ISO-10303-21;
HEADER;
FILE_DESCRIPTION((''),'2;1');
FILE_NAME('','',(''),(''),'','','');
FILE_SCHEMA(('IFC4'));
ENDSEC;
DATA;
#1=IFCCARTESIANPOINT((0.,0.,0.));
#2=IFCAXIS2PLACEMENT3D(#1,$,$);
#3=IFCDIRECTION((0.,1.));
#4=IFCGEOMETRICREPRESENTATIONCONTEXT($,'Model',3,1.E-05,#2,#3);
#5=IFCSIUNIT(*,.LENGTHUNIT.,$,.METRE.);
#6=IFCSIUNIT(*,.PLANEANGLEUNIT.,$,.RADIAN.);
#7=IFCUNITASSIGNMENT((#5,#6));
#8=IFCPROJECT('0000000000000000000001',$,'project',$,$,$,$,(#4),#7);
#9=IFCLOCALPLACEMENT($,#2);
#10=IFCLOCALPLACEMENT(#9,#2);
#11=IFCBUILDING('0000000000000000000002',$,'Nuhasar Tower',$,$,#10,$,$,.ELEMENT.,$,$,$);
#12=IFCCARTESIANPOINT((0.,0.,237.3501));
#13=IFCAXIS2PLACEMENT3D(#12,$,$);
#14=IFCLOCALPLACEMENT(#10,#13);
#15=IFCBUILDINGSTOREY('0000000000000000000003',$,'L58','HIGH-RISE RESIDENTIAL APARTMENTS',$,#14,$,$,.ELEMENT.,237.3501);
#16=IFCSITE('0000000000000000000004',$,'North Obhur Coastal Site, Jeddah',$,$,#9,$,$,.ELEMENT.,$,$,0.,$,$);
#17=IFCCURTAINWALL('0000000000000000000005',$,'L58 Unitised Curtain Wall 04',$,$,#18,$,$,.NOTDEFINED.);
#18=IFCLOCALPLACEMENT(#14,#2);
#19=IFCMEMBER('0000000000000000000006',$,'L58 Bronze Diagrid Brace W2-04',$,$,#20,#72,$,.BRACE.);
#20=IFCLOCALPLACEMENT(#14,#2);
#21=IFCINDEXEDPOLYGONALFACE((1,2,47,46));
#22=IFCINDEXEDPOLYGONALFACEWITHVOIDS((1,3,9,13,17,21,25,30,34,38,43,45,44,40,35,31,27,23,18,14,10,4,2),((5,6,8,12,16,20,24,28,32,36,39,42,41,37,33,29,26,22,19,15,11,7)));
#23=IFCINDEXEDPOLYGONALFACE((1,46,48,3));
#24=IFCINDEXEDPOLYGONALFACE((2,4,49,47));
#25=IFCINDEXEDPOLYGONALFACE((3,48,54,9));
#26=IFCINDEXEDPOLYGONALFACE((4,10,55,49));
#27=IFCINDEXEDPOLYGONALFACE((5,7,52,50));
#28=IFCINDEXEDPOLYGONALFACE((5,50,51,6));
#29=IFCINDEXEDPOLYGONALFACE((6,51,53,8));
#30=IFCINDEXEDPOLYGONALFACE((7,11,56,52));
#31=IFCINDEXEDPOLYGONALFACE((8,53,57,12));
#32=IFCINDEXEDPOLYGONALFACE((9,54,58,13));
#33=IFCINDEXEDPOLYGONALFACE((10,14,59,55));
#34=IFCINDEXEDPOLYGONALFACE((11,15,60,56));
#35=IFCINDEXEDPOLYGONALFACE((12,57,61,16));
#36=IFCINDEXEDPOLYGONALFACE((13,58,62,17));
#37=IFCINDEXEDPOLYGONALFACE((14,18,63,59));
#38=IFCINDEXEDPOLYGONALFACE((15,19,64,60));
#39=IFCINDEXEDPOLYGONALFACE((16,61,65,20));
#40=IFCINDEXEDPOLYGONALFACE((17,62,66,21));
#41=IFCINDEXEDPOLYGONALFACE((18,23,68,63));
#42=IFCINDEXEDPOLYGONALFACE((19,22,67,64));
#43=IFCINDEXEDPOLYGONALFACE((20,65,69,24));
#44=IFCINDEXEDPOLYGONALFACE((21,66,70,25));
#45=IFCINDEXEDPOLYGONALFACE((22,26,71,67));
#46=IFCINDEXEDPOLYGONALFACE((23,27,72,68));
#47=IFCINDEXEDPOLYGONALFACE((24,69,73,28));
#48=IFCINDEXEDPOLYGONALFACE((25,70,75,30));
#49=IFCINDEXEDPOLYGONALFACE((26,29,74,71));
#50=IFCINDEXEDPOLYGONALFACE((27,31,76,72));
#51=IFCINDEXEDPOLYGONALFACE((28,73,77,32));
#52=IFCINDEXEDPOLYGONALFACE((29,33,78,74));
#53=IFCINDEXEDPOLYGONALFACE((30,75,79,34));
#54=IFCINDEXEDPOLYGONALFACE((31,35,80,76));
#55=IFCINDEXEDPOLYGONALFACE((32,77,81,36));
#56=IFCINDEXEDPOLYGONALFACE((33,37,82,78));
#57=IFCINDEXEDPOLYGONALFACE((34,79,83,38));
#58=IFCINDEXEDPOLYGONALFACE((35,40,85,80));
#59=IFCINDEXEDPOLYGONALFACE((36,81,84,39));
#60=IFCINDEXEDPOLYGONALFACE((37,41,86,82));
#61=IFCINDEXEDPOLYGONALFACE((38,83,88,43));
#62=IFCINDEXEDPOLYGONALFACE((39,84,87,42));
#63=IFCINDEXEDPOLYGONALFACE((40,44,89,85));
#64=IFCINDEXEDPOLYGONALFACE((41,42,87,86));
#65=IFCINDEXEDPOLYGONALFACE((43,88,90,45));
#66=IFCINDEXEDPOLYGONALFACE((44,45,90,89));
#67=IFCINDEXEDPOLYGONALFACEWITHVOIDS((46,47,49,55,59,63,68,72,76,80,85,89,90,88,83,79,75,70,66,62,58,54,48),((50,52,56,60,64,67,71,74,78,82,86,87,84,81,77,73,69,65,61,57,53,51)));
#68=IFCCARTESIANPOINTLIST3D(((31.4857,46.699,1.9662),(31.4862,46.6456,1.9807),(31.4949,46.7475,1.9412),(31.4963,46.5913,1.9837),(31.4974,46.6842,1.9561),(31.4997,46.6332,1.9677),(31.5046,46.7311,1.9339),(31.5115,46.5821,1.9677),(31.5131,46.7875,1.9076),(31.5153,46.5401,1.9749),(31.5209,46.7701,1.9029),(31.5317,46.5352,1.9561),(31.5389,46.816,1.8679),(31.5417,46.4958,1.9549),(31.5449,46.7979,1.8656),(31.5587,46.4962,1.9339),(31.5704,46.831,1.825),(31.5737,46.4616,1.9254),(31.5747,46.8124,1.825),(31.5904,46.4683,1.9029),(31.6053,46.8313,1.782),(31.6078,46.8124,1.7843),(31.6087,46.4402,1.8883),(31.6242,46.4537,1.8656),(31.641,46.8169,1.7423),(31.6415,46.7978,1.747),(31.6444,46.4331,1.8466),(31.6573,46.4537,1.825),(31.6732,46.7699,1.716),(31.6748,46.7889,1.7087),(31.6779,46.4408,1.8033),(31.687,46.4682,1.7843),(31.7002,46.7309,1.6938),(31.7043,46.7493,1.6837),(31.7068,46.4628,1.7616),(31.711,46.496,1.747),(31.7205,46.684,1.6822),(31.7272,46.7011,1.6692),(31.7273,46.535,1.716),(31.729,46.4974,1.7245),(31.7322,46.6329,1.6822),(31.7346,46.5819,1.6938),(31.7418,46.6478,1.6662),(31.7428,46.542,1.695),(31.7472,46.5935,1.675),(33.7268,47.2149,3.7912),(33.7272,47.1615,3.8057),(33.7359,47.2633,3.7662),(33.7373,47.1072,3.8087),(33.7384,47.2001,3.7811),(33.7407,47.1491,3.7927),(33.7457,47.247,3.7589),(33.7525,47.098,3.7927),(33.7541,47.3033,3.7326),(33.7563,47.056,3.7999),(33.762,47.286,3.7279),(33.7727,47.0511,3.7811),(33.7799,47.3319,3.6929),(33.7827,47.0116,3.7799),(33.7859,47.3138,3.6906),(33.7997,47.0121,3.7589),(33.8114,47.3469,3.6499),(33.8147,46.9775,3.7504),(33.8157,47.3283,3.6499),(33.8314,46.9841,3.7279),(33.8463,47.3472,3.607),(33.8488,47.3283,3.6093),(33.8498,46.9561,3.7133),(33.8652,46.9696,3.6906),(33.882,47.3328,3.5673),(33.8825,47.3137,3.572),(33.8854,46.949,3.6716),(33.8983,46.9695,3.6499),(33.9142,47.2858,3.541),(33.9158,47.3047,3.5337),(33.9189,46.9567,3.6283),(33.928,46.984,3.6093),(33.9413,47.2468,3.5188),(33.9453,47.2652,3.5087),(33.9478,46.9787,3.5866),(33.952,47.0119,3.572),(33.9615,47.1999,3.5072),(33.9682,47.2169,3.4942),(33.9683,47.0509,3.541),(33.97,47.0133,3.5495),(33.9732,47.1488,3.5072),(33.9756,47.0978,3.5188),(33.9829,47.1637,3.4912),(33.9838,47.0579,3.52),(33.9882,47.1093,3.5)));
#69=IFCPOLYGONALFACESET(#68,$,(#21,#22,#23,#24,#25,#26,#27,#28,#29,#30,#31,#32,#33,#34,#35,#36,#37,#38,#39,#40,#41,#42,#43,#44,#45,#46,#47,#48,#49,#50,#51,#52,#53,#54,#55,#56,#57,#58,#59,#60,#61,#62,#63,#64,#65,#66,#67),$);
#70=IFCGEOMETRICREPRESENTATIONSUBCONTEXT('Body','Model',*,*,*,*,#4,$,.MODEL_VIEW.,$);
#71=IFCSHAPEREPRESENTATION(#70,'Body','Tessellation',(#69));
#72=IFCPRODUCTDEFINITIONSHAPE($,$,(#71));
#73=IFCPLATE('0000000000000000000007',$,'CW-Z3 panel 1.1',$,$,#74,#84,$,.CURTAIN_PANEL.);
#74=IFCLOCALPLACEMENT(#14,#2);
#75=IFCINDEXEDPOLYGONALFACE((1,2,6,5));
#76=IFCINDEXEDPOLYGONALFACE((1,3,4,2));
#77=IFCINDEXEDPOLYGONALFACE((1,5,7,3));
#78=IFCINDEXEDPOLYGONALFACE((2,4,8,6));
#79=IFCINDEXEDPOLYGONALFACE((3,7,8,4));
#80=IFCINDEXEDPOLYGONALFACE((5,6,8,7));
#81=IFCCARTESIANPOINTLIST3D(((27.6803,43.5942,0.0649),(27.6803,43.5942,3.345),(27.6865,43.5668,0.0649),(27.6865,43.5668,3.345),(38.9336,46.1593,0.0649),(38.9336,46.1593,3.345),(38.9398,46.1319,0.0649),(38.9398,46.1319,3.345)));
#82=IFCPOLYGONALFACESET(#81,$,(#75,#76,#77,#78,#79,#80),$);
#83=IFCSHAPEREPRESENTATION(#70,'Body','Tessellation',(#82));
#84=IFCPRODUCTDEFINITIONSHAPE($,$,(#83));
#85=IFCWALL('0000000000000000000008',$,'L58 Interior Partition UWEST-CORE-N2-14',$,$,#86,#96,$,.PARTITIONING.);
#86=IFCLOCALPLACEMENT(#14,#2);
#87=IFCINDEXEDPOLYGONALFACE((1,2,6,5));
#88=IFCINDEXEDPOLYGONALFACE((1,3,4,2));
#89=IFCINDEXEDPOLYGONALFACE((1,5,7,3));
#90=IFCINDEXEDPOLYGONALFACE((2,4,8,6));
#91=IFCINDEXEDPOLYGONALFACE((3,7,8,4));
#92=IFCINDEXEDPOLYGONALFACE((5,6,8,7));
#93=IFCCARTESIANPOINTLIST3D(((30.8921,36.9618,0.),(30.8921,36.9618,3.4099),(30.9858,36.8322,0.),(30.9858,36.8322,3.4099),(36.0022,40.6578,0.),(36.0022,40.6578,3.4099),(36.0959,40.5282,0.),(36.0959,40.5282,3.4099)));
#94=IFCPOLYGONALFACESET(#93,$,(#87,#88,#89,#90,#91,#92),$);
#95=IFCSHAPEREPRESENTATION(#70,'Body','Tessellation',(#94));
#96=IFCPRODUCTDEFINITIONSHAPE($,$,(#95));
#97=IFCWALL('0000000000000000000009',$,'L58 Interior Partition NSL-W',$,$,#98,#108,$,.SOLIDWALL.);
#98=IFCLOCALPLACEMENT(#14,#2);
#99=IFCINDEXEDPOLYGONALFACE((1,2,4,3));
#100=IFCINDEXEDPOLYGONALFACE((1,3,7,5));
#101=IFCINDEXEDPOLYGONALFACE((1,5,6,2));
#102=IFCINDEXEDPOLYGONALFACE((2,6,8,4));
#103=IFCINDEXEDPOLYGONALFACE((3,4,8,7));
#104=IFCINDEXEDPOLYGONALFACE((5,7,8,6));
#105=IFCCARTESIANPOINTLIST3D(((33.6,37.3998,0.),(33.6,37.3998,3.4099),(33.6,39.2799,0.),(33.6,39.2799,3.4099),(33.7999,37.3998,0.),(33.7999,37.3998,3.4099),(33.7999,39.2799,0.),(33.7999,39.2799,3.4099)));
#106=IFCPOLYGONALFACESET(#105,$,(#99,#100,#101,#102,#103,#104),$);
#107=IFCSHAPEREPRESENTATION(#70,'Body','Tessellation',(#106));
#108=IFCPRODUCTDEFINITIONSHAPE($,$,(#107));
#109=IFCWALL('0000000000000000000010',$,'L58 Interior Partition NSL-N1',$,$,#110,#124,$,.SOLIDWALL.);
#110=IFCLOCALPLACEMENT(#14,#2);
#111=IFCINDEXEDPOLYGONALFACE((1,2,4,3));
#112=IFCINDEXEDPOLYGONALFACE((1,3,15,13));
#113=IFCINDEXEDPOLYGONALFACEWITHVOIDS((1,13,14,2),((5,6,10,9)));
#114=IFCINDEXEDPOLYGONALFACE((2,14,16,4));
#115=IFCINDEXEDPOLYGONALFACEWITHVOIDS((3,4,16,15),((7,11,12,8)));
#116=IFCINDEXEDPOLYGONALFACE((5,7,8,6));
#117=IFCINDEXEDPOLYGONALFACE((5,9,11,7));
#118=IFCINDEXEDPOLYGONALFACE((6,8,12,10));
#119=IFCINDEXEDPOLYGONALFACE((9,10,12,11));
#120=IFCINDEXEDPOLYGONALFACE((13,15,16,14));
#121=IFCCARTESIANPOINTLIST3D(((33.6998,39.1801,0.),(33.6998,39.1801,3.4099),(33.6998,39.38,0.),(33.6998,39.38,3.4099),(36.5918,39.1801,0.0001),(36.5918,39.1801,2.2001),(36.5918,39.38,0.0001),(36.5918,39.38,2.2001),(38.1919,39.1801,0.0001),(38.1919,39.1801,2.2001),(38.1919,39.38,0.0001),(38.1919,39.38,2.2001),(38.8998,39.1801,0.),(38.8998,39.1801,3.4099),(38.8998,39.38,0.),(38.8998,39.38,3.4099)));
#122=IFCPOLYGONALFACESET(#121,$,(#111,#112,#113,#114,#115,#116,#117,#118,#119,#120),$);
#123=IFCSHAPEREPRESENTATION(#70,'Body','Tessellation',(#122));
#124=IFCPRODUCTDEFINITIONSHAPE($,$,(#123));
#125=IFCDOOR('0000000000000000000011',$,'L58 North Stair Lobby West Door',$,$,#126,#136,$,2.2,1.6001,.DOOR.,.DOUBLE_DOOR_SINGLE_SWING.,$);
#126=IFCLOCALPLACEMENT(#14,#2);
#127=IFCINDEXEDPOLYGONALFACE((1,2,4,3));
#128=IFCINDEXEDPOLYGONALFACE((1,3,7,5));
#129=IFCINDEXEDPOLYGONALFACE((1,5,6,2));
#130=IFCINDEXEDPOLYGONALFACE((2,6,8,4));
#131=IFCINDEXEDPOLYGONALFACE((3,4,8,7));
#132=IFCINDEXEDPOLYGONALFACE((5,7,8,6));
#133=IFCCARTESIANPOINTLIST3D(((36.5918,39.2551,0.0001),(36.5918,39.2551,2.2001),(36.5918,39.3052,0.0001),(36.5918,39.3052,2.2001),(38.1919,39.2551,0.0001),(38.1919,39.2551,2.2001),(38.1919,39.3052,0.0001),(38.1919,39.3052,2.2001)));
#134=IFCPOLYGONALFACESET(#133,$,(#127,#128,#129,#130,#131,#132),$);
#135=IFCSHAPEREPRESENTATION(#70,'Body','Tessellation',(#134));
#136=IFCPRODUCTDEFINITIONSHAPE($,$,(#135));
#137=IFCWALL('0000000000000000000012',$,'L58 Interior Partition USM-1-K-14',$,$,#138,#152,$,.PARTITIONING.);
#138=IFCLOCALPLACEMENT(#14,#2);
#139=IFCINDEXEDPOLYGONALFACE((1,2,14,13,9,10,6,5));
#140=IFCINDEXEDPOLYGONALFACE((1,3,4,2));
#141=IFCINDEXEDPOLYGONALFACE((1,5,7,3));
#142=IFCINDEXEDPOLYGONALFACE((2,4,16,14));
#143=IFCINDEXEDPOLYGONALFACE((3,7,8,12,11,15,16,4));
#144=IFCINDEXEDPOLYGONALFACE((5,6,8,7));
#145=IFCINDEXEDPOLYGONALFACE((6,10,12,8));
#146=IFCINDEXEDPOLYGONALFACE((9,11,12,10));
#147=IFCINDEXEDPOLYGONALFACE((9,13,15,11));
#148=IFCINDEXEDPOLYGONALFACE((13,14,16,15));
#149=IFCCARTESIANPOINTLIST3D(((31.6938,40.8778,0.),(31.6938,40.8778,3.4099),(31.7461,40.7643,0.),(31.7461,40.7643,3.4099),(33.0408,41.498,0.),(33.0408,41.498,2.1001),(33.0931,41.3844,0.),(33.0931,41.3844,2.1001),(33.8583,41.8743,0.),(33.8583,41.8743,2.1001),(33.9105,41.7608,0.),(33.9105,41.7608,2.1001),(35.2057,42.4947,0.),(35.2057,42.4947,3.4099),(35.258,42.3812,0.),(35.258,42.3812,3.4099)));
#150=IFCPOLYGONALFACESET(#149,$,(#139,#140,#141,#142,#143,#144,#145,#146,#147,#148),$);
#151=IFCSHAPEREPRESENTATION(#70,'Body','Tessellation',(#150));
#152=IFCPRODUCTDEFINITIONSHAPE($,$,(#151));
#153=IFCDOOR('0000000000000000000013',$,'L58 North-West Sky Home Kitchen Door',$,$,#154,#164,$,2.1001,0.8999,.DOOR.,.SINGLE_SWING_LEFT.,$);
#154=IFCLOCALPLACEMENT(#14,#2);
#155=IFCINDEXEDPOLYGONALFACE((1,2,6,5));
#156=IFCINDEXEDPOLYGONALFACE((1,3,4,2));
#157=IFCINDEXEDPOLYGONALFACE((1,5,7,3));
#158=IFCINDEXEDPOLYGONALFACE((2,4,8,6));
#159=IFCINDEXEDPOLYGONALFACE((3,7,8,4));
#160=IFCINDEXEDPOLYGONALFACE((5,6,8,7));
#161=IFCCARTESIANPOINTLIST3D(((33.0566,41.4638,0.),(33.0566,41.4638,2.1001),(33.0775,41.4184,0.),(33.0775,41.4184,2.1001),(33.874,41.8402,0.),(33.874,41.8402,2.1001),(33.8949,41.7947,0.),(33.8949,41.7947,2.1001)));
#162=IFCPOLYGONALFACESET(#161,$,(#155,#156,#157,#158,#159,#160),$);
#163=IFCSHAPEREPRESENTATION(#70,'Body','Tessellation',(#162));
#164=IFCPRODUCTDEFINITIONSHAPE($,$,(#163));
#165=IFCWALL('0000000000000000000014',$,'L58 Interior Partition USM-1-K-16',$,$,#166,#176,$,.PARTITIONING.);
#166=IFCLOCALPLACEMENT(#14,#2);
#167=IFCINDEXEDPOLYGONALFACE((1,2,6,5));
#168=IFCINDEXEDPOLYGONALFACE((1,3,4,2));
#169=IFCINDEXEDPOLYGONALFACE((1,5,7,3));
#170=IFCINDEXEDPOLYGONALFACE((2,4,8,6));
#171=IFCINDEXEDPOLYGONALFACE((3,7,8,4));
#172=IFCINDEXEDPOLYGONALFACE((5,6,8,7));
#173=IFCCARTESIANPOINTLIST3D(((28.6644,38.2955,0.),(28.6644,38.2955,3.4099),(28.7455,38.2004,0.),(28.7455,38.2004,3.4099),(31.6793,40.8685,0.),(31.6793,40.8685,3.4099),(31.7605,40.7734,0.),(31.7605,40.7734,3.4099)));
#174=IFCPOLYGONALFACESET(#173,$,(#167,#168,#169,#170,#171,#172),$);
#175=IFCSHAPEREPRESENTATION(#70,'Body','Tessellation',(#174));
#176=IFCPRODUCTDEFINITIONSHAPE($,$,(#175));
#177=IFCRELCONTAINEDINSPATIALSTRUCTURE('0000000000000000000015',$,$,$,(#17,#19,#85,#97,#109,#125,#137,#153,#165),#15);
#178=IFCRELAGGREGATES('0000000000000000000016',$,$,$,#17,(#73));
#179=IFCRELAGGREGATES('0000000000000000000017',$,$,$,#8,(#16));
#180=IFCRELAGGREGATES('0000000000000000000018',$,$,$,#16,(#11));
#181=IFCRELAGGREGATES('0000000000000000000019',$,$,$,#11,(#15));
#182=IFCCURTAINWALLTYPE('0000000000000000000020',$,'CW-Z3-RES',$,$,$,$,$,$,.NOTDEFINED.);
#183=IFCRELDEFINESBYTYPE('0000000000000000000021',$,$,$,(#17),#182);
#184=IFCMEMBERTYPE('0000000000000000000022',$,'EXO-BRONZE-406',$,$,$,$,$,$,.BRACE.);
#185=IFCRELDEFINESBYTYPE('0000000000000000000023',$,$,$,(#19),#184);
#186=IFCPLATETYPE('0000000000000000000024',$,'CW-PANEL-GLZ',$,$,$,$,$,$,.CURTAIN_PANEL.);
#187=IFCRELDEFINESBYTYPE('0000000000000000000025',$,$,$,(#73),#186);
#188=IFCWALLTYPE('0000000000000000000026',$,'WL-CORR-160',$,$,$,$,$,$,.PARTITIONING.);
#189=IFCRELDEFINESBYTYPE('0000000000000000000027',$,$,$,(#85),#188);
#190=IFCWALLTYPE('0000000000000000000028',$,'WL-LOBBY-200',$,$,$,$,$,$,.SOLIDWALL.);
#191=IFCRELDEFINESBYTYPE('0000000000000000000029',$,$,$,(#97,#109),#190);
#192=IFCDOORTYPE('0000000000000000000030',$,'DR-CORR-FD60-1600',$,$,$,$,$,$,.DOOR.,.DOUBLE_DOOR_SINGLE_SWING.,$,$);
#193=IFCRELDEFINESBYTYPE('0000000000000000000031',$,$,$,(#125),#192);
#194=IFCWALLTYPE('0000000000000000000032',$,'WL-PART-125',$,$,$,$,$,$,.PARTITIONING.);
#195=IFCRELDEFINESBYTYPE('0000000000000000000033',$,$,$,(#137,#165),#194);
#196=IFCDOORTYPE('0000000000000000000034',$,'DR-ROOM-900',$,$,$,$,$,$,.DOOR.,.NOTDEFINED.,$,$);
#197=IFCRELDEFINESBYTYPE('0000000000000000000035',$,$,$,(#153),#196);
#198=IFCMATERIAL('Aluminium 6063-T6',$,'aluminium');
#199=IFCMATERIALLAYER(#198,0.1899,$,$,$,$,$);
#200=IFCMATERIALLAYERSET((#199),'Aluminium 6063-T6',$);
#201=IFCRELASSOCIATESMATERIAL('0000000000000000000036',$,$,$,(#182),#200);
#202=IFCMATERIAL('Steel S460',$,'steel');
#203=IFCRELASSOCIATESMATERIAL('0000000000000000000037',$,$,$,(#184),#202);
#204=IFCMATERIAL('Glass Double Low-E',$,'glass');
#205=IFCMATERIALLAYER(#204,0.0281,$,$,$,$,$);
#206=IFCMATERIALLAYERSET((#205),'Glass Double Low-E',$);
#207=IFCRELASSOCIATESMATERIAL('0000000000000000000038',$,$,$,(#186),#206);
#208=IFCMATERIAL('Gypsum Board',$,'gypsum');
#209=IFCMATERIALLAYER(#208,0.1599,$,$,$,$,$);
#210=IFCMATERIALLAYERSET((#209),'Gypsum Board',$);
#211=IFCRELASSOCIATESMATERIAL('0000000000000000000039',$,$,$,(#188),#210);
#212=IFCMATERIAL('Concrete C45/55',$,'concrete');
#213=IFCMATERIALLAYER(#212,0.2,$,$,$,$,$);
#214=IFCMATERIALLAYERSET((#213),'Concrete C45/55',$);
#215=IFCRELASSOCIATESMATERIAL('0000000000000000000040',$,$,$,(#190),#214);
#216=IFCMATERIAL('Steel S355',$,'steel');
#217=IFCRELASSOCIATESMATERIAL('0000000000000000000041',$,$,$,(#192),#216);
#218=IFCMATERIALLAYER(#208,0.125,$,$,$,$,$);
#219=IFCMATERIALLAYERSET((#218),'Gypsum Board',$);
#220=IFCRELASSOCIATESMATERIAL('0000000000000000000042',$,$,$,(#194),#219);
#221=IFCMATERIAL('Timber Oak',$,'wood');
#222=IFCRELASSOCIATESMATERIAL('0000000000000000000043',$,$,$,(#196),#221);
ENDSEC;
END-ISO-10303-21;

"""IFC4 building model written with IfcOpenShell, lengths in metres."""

from ifc_helpers import new_model, si_unit, direction, frame, frame_2d, origin, origin_2d, place, context, subcontext, project, spatial, rectangle, hollow_circle, extrude, material, layer, layer_set, material_profile, profile_set, type_object, element, fill, aggregate, save


model = new_model("IFC4")

# Units and contexts
model_context = context("Model", 3, precision=1e-05, world=origin(), true_north=direction((0.0, 1.0)))
body_context = subcontext(model_context, "Body", "Model", "MODEL_VIEW")
ifc_project = project(units=[si_unit("LENGTHUNIT", "METRE"), si_unit("PLANEANGLEUNIT", "RADIAN")], contexts=[model_context])

# Site, building, storey
site_placement = place(None, origin())
site = spatial("IfcSite", under=ifc_project, at=site_placement, Name="North Obhur Coastal Site, Jeddah", CompositionType="ELEMENT", RefElevation=0.0)
building_placement = place(site_placement, origin())
building = spatial("IfcBuilding", under=site, at=building_placement, Name="Nuhasar Tower", CompositionType="ELEMENT")
storey_placement = place(building_placement, frame((0.0, 0.0, 237.3501)))
storey = spatial("IfcBuildingStorey", under=building, at=storey_placement, Name="L58", Description="HIGH-RISE RESIDENTIAL APARTMENTS", CompositionType="ELEMENT", Elevation=237.3501)

# Shared definitions
ifc_material_1 = material(Name="Steel S355", Category="steel")

# Curtain wall
ifc_material_2 = material(Name="Aluminium 6063-T6", Category="aluminium")
ifc_layer_1 = layer(ifc_material_2, 0.1899)
ifc_layer_set_1 = layer_set([ifc_layer_1], Name="Aluminium 6063-T6")
curtain_wall_type = type_object("IfcCurtainWallType", Name="CW-Z3-RES", PredefinedType="NOTDEFINED", material=ifc_layer_set_1)
curtain_wall_placement = place(storey_placement, origin())
curtain_wall = element("IfcCurtainWall", 1, at=curtain_wall_placement, inside=storey, type_object=curtain_wall_type, Name="L58 Unitised Curtain Wall 04", PredefinedType="NOTDEFINED")

# Member
ifc_material_3 = material(Name="Steel S460", Category="steel")
ifc_material_profile_1 = material_profile(ifc_material_3, hollow_circle(Radius=0.2031, WallThickness=0.019, at=origin_2d()), Name="HSS406.4X19.1")
ifc_profile_set_1 = profile_set([ifc_material_profile_1], Name="Steel S460")
member_type_1 = type_object("IfcMemberType", Name="EXO-BRONZE-406", PredefinedType="BRACE", material=ifc_profile_set_1)
for number, where, z_axis, x_axis, name in (
    (2, (31.616, 46.6331, 1.825), (0.763343, 0.175721, 0.621635), (-0.224332, 0.974513, 0.0), "L58 Bronze Diagrid Brace W2-04"),
):
    element("IfcMember", number, at=place(storey_placement, frame(where, z_axis=z_axis, x_axis=x_axis)), inside=storey, type_object=member_type_1, Name=name, PredefinedType="BRACE", context=body_context, shape_type="SweptSolid", body=[
        extrude(hollow_circle(Radius=0.2031, WallThickness=0.019, at=origin_2d()), origin(), (0.0, 0.0, 1.0), 2.9358),
    ])

# Plate
ifc_material_4 = material(Name="Glass Double Low-E", Category="glass")
ifc_layer_2 = layer(ifc_material_4, 0.0281)
ifc_layer_set_2 = layer_set([ifc_layer_2], Name="Glass Double Low-E")
plate_type = type_object("IfcPlateType", Name="CW-PANEL-GLZ", PredefinedType="CURTAIN_PANEL", material=ifc_layer_set_2)
plate_placement = place(storey_placement, frame((33.3101, 44.863, 0.0649), z_axis=(0.0, 0.0, 1.0), x_axis=(-0.974991, -0.222243, 0.0)))
plate = element("IfcPlate", 3, at=plate_placement, type_object=plate_type, Name="CW-Z3 panel 1.1", PredefinedType="CURTAIN_PANEL", context=body_context, shape_type="SweptSolid", body=[
    extrude(rectangle(XDim=11.542, YDim=0.0281, at=origin_2d()), origin(), (0.0, 0.0, 1.0), 3.28),
])
aggregate(curtain_wall, [plate])

# Walls
ifc_material_5 = material(Name="Gypsum Board", Category="gypsum")
ifc_layer_3 = layer(ifc_material_5, 0.1599)
ifc_layer_set_3 = layer_set([ifc_layer_3], Name="Gypsum Board")
wall_type_1 = type_object("IfcWallType", Name="WL-CORR-160", PredefinedType="PARTITIONING", material=ifc_layer_set_3)
wall_1_placement = place(storey_placement, frame((36.0491, 40.593, 0.0), z_axis=(0.0, 0.0, 1.0), x_axis=(-0.810272, -0.586054, 0.0)))
element("IfcWall", 4, at=wall_1_placement, inside=storey, type_object=wall_type_1, Name="L58 Interior Partition UWEST-CORE-N2-14", PredefinedType="PARTITIONING", context=body_context, shape_type="SweptSolid", body=[
    extrude(rectangle(XDim=6.3066, YDim=0.1599, at=frame_2d((3.1533, 0.0))), origin(), (0.0, 0.0, 1.0), 3.4099),
])
ifc_material_6 = material(Name="Concrete C45/55", Category="concrete")
ifc_layer_4 = layer(ifc_material_6, 0.2)
ifc_layer_set_4 = layer_set([ifc_layer_4], Name="Concrete C45/55")
wall_type_2 = type_object("IfcWallType", Name="WL-LOBBY-200", PredefinedType="SOLIDWALL", material=ifc_layer_set_4)
wall_2_placement = place(storey_placement, frame((33.7, 37.3999, 0.0), z_axis=(0.0, 0.0, 1.0), x_axis=(0.0, 1.0, 0.0)))
element("IfcWall", 5, at=wall_2_placement, inside=storey, type_object=wall_type_2, Name="L58 Interior Partition NSL-W", PredefinedType="SOLIDWALL", context=body_context, shape_type="SweptSolid", body=[
    extrude(rectangle(XDim=1.8801, YDim=0.2, at=frame_2d((0.9399, 0.0))), origin(), (0.0, 0.0, 1.0), 3.4099),
])

# Walls, openings, doors
wall_3_placement = place(storey_placement, frame((38.8999, 39.28, 0.0), z_axis=(0.0, 0.0, 1.0), x_axis=(-1.0, 0.0, 0.0)))
wall_3 = element("IfcWall", 6, at=wall_3_placement, inside=storey, type_object=wall_type_2, Name="L58 Interior Partition NSL-N1", PredefinedType="SOLIDWALL", context=body_context, shape_type="SweptSolid", body=[
    extrude(rectangle(XDim=5.2, YDim=0.2, at=frame_2d((2.6001, 0.0))), origin(), (0.0, 0.0, 1.0), 3.4099),
])
opening_1_placement = place(wall_3_placement, frame((0.708, 0.0, 0.0)))
opening_1 = element("IfcOpeningElement", 7, at=opening_1_placement, cuts=wall_3, PredefinedType="OPENING", context=body_context, shape_type="SweptSolid", body=[
    extrude(rectangle(XDim=1.6001, YDim=2.2, at=frame_2d((0.8, 1.1001))), frame((0.0, 0.1099, 0.0), z_axis=(0.0, -1.0, 0.0), x_axis=(1.0, 0.0, 0.0)), (0.0, 0.0, 1.0), 0.22),
])
door_type_1 = type_object("IfcDoorType", Name="DR-CORR-FD60-1600", OperationType="DOUBLE_DOOR_SINGLE_SWING", PredefinedType="DOOR", material=ifc_material_1)
door_1_placement = place(opening_1_placement, origin())
door_1 = element("IfcDoor", 8, at=door_1_placement, inside=storey, type_object=door_type_1, Name="L58 North Stair Lobby West Door", OperationType="DOUBLE_DOOR_SINGLE_SWING", OverallHeight=2.2, OverallWidth=1.6001, PredefinedType="DOOR", context=body_context, shape_type="SweptSolid", body=[
    extrude(rectangle(XDim=1.6001, YDim=2.2, at=frame_2d((0.8, 1.1001))), frame((0.0, 0.0249, 0.0), z_axis=(0.0, -1.0, 0.0), x_axis=(1.0, 0.0, 0.0)), (0.0, 0.0, 1.0), 0.05),
])
fill(opening_1, door_1)
ifc_layer_5 = layer(ifc_material_5, 0.125)
ifc_layer_set_5 = layer_set([ifc_layer_5], Name="Gypsum Board")
wall_type_3 = type_object("IfcWallType", Name="WL-PART-125", PredefinedType="PARTITIONING", material=ifc_layer_set_5)
wall_4_placement = place(storey_placement, frame((31.72, 40.821, 0.0), z_axis=(0.0, 0.0, 1.0), x_axis=(0.908349, 0.418213, 0.0)))
wall_4 = element("IfcWall", 9, at=wall_4_placement, inside=storey, type_object=wall_type_3, Name="L58 Interior Partition USM-1-K-14", PredefinedType="PARTITIONING", context=body_context, shape_type="SweptSolid", body=[
    extrude(rectangle(XDim=3.8662, YDim=0.125, at=frame_2d((1.9331, 0.0))), origin(), (0.0, 0.0, 1.0), 3.4099),
])
opening_2_placement = place(wall_4_placement, frame((1.4829, 0.0, 0.0)))
opening_2 = element("IfcOpeningElement", 10, at=opening_2_placement, cuts=wall_4, PredefinedType="OPENING", context=body_context, shape_type="SweptSolid", body=[
    extrude(rectangle(XDim=0.8999, YDim=2.1001, at=frame_2d((0.45, 1.05))), frame((0.0, 0.0725, 0.0), z_axis=(0.0, -1.0, 0.0), x_axis=(1.0, 0.0, 0.0)), (0.0, 0.0, 1.0), 0.145),
])
ifc_material_7 = material(Name="Timber Oak", Category="wood")
door_type_2 = type_object("IfcDoorType", Name="DR-ROOM-900", OperationType="NOTDEFINED", PredefinedType="DOOR", material=ifc_material_7)
door_2_placement = place(opening_2_placement, origin())
door_2 = element("IfcDoor", 11, at=door_2_placement, inside=storey, type_object=door_type_2, Name="L58 North-West Sky Home Kitchen Door", OperationType="SINGLE_SWING_LEFT", OverallHeight=2.1001, OverallWidth=0.8999, PredefinedType="DOOR", context=body_context, shape_type="SweptSolid", body=[
    extrude(rectangle(XDim=0.8999, YDim=2.1001, at=frame_2d((0.45, 1.05))), frame((0.0, 0.0249, 0.0), z_axis=(0.0, -1.0, 0.0), x_axis=(1.0, 0.0, 0.0)), (0.0, 0.0, 1.0), 0.05),
])
fill(opening_2, door_2)

# Wall
wall_5_placement = place(storey_placement, frame((31.72, 40.821, 0.0), z_axis=(0.0, 0.0, 1.0), x_axis=(-0.760651, -0.649162, 0.0)))
element("IfcWall", 12, at=wall_5_placement, inside=storey, type_object=wall_type_3, Name="L58 Interior Partition USM-1-K-16", PredefinedType="PARTITIONING", context=body_context, shape_type="SweptSolid", body=[
    extrude(rectangle(XDim=3.9636, YDim=0.125, at=frame_2d((1.9819, 0.0))), origin(), (0.0, 0.0, 1.0), 3.4099),
])

save(model, "model.ifc")
